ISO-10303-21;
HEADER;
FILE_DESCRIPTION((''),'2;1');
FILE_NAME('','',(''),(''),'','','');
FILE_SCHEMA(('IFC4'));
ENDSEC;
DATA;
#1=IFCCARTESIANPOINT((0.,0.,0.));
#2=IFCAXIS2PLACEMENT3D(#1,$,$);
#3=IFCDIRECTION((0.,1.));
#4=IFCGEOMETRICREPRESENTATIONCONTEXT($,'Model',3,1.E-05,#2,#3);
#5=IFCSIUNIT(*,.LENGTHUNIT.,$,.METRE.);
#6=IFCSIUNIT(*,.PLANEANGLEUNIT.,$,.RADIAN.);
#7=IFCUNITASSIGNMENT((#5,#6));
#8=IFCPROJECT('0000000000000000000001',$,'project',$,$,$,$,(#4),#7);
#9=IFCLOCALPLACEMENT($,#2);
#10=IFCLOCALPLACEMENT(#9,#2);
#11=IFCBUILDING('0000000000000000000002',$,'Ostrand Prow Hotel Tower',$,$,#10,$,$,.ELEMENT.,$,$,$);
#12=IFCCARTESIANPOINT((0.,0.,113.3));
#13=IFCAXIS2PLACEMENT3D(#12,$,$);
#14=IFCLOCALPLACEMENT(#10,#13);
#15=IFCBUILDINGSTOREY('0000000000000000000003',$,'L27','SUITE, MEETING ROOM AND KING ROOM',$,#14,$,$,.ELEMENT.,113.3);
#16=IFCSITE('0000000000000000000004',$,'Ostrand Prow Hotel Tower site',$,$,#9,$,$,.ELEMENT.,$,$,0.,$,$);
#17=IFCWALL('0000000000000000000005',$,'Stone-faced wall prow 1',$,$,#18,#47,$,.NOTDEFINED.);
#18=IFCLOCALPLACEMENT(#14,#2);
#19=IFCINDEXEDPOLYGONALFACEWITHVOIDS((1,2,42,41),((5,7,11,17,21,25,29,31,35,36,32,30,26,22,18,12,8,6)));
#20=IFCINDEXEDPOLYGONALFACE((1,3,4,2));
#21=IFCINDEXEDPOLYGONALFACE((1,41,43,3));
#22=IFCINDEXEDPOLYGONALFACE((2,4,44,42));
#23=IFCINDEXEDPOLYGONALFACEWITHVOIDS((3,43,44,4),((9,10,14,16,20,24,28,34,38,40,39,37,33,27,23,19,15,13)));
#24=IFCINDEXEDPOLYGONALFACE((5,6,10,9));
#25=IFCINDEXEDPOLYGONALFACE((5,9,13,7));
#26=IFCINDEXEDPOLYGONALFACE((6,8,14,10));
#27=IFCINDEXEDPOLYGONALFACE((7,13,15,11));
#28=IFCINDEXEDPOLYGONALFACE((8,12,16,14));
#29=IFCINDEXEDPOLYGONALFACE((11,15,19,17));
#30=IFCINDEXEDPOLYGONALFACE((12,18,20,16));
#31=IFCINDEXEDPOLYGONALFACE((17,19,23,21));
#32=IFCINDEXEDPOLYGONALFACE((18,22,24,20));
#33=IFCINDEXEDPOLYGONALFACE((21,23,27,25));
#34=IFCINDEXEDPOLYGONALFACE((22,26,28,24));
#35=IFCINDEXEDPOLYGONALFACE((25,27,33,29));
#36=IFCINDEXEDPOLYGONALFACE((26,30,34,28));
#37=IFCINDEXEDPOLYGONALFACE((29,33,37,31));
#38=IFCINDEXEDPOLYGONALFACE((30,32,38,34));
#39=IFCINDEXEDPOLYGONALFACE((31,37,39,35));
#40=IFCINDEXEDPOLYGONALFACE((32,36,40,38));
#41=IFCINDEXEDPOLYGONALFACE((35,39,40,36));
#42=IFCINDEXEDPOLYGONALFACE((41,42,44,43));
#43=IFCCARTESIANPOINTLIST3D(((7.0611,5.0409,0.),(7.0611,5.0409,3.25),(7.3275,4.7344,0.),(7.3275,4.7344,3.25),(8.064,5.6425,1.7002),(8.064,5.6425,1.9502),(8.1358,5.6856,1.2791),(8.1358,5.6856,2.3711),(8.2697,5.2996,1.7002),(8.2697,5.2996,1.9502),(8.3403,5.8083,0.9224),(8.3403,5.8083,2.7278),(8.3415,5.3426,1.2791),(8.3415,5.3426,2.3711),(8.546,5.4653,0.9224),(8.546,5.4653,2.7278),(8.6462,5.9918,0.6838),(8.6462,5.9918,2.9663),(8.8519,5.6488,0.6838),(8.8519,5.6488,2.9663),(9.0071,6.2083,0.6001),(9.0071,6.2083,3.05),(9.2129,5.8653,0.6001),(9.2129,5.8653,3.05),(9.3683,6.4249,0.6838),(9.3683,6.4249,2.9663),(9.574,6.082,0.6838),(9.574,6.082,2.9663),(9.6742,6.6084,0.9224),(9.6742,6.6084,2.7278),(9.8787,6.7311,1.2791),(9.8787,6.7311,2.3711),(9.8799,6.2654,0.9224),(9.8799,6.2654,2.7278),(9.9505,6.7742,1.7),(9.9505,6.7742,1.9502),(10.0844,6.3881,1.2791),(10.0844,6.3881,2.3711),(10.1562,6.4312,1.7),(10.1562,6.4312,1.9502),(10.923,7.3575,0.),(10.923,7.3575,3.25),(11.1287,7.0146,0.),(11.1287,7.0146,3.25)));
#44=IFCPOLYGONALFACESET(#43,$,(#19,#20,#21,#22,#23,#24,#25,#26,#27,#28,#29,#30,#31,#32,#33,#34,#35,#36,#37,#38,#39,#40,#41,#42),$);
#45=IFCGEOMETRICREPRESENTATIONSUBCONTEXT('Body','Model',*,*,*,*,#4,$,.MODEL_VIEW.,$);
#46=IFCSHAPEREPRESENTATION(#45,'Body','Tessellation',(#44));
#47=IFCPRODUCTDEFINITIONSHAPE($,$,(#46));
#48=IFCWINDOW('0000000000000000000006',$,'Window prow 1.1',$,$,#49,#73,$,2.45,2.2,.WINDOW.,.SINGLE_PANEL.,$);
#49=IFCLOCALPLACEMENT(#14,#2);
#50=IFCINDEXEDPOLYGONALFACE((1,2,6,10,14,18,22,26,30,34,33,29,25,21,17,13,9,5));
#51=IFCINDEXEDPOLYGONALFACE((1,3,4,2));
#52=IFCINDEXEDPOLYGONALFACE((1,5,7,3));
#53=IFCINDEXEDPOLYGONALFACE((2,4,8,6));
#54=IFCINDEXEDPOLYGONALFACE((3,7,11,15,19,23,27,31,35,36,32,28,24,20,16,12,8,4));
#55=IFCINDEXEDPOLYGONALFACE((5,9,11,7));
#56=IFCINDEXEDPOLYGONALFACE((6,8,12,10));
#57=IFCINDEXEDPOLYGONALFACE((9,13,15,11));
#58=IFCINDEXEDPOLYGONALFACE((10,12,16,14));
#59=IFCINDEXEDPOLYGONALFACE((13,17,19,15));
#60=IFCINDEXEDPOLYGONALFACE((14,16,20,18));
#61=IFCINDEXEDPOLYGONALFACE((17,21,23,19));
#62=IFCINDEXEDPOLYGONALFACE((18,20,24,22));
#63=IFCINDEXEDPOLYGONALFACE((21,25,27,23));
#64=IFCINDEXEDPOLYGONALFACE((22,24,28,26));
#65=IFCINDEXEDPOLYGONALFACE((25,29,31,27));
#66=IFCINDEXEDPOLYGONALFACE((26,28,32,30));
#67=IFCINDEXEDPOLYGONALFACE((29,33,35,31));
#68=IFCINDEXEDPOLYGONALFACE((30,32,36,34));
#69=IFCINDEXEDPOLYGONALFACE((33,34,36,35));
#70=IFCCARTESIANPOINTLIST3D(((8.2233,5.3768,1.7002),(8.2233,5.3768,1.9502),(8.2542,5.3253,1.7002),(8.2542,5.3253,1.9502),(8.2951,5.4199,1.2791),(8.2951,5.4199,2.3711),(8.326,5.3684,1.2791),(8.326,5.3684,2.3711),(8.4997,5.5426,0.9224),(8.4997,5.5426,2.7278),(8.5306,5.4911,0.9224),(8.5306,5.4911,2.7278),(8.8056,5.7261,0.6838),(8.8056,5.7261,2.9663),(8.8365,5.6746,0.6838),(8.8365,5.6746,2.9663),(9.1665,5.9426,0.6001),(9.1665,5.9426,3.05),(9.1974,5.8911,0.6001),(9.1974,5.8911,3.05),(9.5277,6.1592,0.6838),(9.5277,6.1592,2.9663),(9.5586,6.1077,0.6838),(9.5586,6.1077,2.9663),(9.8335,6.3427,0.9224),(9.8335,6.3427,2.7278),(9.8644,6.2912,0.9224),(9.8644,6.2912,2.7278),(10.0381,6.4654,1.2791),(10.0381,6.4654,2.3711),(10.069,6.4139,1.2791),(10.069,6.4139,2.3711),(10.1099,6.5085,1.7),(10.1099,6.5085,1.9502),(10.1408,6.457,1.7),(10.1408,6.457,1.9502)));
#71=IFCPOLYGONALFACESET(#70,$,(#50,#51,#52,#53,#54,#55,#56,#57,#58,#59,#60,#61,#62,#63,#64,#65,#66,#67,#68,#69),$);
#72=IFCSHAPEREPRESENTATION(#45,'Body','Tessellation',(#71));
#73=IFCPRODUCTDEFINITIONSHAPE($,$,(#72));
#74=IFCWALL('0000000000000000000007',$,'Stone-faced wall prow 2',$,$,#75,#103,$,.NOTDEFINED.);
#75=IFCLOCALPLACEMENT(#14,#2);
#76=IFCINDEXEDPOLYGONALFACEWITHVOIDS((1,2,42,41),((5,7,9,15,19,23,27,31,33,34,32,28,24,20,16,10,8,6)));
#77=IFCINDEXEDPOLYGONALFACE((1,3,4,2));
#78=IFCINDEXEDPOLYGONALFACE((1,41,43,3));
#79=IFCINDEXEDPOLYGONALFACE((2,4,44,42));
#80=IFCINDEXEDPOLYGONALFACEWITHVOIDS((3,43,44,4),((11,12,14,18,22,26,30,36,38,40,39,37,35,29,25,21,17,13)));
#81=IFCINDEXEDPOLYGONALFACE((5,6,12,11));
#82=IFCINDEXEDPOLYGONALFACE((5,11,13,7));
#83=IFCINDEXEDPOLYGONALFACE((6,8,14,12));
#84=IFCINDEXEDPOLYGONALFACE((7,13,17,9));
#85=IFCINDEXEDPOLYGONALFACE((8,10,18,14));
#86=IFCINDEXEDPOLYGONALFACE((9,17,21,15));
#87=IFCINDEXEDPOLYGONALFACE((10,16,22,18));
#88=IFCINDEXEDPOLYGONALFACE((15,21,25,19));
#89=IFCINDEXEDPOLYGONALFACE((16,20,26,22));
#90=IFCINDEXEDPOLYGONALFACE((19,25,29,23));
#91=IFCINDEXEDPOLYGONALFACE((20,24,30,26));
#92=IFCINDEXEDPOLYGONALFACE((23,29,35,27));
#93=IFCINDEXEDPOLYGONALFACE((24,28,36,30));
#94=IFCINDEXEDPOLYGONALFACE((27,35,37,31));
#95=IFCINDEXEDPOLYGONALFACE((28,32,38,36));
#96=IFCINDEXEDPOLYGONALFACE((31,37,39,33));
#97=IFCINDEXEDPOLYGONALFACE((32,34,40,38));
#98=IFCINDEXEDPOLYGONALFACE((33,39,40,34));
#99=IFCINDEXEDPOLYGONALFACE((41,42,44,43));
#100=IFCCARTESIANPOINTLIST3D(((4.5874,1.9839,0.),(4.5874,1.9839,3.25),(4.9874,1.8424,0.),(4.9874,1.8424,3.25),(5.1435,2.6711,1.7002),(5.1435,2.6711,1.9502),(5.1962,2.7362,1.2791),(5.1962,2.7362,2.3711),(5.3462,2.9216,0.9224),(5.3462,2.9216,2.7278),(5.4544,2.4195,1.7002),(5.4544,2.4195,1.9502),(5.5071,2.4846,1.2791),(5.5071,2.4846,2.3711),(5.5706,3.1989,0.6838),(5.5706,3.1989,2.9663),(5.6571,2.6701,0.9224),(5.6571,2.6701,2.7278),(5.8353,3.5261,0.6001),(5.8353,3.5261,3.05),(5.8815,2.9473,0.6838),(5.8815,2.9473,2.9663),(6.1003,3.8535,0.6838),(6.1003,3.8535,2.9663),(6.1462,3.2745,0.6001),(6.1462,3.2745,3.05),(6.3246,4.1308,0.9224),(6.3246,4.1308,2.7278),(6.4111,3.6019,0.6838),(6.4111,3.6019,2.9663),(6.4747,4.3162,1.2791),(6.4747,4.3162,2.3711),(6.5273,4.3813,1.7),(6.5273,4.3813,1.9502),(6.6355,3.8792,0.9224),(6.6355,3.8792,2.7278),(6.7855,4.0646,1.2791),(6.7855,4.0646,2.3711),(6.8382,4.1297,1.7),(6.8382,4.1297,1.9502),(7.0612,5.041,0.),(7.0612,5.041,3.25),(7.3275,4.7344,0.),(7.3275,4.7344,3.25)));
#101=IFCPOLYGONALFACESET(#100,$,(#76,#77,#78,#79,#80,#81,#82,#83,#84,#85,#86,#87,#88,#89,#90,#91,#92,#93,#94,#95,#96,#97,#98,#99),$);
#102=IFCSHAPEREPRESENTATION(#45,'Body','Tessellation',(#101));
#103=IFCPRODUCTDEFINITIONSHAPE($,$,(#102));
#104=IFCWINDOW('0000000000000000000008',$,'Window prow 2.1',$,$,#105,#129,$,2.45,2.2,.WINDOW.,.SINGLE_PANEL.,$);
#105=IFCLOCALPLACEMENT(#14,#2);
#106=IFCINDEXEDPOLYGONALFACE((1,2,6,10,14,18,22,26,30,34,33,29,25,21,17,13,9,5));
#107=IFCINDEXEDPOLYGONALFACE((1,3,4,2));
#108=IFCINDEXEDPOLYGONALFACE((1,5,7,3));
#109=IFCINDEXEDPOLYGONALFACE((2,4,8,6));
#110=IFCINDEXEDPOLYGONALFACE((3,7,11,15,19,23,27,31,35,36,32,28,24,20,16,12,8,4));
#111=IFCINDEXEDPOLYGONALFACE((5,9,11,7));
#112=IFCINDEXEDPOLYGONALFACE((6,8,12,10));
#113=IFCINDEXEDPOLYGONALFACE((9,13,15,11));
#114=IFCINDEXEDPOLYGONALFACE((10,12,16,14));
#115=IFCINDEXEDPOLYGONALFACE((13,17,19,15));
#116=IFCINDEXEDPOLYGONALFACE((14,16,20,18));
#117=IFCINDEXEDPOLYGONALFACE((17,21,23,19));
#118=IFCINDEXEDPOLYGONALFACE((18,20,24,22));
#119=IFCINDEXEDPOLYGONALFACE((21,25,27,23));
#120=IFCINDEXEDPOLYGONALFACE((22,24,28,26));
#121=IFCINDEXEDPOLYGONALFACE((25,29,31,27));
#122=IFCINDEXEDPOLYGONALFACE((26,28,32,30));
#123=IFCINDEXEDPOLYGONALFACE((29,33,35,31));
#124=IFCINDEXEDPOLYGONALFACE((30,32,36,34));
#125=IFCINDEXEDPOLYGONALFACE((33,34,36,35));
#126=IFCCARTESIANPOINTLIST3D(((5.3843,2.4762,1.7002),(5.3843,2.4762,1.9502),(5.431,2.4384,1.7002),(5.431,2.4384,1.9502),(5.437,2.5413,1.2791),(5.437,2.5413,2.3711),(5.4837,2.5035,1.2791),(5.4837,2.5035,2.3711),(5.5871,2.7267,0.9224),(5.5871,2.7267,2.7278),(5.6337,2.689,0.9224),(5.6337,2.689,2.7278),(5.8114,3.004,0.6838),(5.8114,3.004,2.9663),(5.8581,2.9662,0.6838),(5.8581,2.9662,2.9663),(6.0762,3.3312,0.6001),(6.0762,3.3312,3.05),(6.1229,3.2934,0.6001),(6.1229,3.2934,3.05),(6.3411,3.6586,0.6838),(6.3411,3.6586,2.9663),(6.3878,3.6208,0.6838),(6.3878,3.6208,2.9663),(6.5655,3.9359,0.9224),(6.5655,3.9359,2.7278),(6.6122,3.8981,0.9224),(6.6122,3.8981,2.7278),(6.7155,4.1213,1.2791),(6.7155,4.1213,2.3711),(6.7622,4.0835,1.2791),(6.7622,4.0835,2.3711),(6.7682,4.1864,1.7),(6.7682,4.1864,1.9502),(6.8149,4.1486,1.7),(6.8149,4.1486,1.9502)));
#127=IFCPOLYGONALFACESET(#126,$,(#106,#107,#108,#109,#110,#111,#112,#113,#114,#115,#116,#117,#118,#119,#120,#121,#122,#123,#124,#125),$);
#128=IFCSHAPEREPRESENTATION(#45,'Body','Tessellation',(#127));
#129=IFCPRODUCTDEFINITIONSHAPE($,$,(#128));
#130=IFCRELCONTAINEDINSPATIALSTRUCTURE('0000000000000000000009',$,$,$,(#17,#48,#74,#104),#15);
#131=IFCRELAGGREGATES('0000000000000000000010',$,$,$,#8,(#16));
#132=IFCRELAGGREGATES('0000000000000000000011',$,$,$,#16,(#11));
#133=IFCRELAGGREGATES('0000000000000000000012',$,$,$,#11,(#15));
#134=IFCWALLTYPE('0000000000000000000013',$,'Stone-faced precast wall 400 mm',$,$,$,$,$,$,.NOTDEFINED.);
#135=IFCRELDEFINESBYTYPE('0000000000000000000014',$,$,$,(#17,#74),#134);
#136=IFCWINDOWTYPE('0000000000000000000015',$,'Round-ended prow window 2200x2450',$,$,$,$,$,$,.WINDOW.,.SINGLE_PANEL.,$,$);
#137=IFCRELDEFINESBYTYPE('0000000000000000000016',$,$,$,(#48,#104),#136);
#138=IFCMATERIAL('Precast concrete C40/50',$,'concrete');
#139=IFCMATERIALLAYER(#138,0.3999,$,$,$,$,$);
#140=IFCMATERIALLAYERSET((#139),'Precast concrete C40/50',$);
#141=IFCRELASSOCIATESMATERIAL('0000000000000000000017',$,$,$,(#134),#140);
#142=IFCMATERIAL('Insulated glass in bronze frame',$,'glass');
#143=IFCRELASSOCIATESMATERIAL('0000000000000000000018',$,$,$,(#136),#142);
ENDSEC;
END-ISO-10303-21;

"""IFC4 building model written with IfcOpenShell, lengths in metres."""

from ifc_helpers import new_model, si_unit, direction, frame, origin, place, context, subcontext, project, spatial, polyline, outline, extrude, material, layer, layer_set, type_object, element, fill, save


model = new_model("IFC4")

# Units and contexts
model_context = context("Model", 3, precision=1e-05, world=origin(), true_north=direction((0.0, 1.0)))
body_context = subcontext(model_context, "Body", "Model", "MODEL_VIEW")
ifc_project = project(units=[si_unit("LENGTHUNIT", "METRE"), si_unit("PLANEANGLEUNIT", "RADIAN")], contexts=[model_context])

# Site, building, storey
site_placement = place(None, origin())
site = spatial("IfcSite", under=ifc_project, at=site_placement, Name="Ostrand Prow Hotel Tower site", CompositionType="ELEMENT", RefElevation=0.0)
building_placement = place(site_placement, origin())
building = spatial("IfcBuilding", under=site, at=building_placement, Name="Ostrand Prow Hotel Tower", CompositionType="ELEMENT")
storey_placement = place(building_placement, frame((0.0, 0.0, 113.3)))
storey = spatial("IfcBuildingStorey", under=building, at=storey_placement, Name="L27", Description="SUITE, MEETING ROOM AND KING ROOM", CompositionType="ELEMENT", Elevation=113.3)

# Walls, openings, windows
ifc_material_1 = material(Name="Precast concrete C40/50", Category="concrete")
ifc_layer_1 = layer(ifc_material_1, 0.3999)
ifc_layer_set_1 = layer_set([ifc_layer_1], Name="Precast concrete C40/50")
wall_type_1 = type_object("IfcWallType", Name="Stone-faced precast wall 400 mm", PredefinedType="NOTDEFINED", material=ifc_layer_set_1)
wall_1_placement = place(storey_placement, frame((11.0259, 7.186, 0.0), z_axis=(0.0, 0.0, 1.0), x_axis=(-0.857551, -0.514399, 0.0)))
wall_1 = element("IfcWall", 1, at=wall_1_placement, inside=storey, type_object=wall_type_1, Name="Stone-faced wall prow 1", PredefinedType="NOTDEFINED", context=body_context, shape_type="SweptSolid", body=[
    extrude(outline(polyline([(0.0, -0.2), (4.5034, -0.2), (4.4326, 0.2), (0.0, 0.2), (0.0, -0.2)])), origin(), (0.0, 0.0, 1.0), 3.25),
])
opening_1_placement = place(wall_1_placement, frame((1.134, 0.0, 0.6001)))
opening_1 = element("IfcOpeningElement", 2, at=opening_1_placement, cuts=wall_1, PredefinedType="OPENING", context=body_context, shape_type="SweptSolid", body=[
    extrude(outline(polyline([(0.0, 1.3501), (0.0837, 1.771), (0.3223, 2.1277), (0.679, 2.3662), (1.1001, 2.45), (1.521, 2.3662), (1.8777, 2.1277), (2.1162, 1.771), (2.2, 1.3501), (2.2, 1.1001), (2.1162, 0.679), (1.8777, 0.3223), (1.521, 0.0837), (1.1001, 0.0), (0.679, 0.0837), (0.3223, 0.3223), (0.0837, 0.679), (0.0, 1.0999), (0.0, 1.3501)])), frame((0.0, 0.21, 0.0), z_axis=(0.0, -1.0, 0.0), x_axis=(1.0, 0.0, 0.0)), (0.0, 0.0, 1.0), 0.4199),
])
ifc_material_2 = material(Name="Insulated glass in bronze frame", Category="glass")
window_type = type_object("IfcWindowType", Name="Round-ended prow window 2200x2450", PartitioningType="SINGLE_PANEL", PredefinedType="WINDOW", material=ifc_material_2)
window_1_placement = place(opening_1_placement, origin())
window_1 = element("IfcWindow", 3, at=window_1_placement, inside=storey, type_object=window_type, Name="Window prow 1.1", OverallHeight=2.45, OverallWidth=2.2, PartitioningType="SINGLE_PANEL", PredefinedType="WINDOW", context=body_context, shape_type="SweptSolid", body=[
    extrude(outline(polyline([(0.0, 1.3501), (0.0837, 1.771), (0.3223, 2.1277), (0.679, 2.3662), (1.1001, 2.45), (1.521, 2.3662), (1.8777, 2.1277), (2.1162, 1.771), (2.2, 1.3501), (2.2, 1.1001), (2.1162, 0.679), (1.8777, 0.3223), (1.521, 0.0837), (1.1001, 0.0), (0.679, 0.0837), (0.3223, 0.3223), (0.0837, 0.679), (0.0, 1.0999), (0.0, 1.3501)])), frame((0.0, 0.1699, 0.0), z_axis=(0.0, -1.0, 0.0), x_axis=(1.0, 0.0, 0.0)), (0.0, 0.0, 1.0), 0.0601),
])
fill(opening_1, window_1)
wall_2_placement = place(storey_placement, frame((7.1943, 4.8877, 0.0), z_axis=(0.0, 0.0, 1.0), x_axis=(-0.629035, -0.777377, 0.0)))
wall_2 = element("IfcWall", 4, at=wall_2_placement, inside=storey, type_object=wall_type_1, Name="Stone-faced wall prow 2", PredefinedType="NOTDEFINED", context=body_context, shape_type="SweptSolid", body=[
    extrude(outline(polyline([(-0.0354, -0.2), (3.8972, -0.2), (3.7556, 0.2), (0.0354, 0.2), (-0.0354, -0.2)])), origin(), (0.0, 0.0, 1.0), 3.25),
])
opening_2_placement = place(wall_2_placement, frame((0.8132, 0.0, 0.6001)))
opening_2 = element("IfcOpeningElement", 5, at=opening_2_placement, cuts=wall_2, PredefinedType="OPENING", context=body_context, shape_type="SweptSolid", body=[
    extrude(outline(polyline([(0.0, 1.3501), (0.0837, 1.771), (0.3223, 2.1277), (0.679, 2.3662), (1.1001, 2.45), (1.521, 2.3662), (1.8777, 2.1277), (2.1162, 1.771), (2.2, 1.3501), (2.2, 1.1001), (2.1162, 0.679), (1.8777, 0.3223), (1.521, 0.0837), (1.1001, 0.0), (0.679, 0.0837), (0.3223, 0.3223), (0.0837, 0.679), (0.0, 1.0999), (0.0, 1.3501)])), frame((0.0, 0.21, 0.0), z_axis=(0.0, -1.0, 0.0), x_axis=(1.0, 0.0, 0.0)), (0.0, 0.0, 1.0), 0.4199),
])
window_2_placement = place(opening_2_placement, origin())
window_2 = element("IfcWindow", 6, at=window_2_placement, inside=storey, type_object=window_type, Name="Window prow 2.1", OverallHeight=2.45, OverallWidth=2.2, PartitioningType="SINGLE_PANEL", PredefinedType="WINDOW", context=body_context, shape_type="SweptSolid", body=[
    extrude(outline(polyline([(0.0, 1.3501), (0.0837, 1.771), (0.3223, 2.1277), (0.679, 2.3662), (1.1001, 2.45), (1.521, 2.3662), (1.8777, 2.1277), (2.1162, 1.771), (2.2, 1.3501), (2.2, 1.1001), (2.1162, 0.679), (1.8777, 0.3223), (1.521, 0.0837), (1.1001, 0.0), (0.679, 0.0837), (0.3223, 0.3223), (0.0837, 0.679), (0.0, 1.0999), (0.0, 1.3501)])), frame((0.0, 0.1699, 0.0), z_axis=(0.0, -1.0, 0.0), x_axis=(1.0, 0.0, 0.0)), (0.0, 0.0, 1.0), 0.0601),
])
fill(opening_2, window_2)

save(model, "model.ifc")
